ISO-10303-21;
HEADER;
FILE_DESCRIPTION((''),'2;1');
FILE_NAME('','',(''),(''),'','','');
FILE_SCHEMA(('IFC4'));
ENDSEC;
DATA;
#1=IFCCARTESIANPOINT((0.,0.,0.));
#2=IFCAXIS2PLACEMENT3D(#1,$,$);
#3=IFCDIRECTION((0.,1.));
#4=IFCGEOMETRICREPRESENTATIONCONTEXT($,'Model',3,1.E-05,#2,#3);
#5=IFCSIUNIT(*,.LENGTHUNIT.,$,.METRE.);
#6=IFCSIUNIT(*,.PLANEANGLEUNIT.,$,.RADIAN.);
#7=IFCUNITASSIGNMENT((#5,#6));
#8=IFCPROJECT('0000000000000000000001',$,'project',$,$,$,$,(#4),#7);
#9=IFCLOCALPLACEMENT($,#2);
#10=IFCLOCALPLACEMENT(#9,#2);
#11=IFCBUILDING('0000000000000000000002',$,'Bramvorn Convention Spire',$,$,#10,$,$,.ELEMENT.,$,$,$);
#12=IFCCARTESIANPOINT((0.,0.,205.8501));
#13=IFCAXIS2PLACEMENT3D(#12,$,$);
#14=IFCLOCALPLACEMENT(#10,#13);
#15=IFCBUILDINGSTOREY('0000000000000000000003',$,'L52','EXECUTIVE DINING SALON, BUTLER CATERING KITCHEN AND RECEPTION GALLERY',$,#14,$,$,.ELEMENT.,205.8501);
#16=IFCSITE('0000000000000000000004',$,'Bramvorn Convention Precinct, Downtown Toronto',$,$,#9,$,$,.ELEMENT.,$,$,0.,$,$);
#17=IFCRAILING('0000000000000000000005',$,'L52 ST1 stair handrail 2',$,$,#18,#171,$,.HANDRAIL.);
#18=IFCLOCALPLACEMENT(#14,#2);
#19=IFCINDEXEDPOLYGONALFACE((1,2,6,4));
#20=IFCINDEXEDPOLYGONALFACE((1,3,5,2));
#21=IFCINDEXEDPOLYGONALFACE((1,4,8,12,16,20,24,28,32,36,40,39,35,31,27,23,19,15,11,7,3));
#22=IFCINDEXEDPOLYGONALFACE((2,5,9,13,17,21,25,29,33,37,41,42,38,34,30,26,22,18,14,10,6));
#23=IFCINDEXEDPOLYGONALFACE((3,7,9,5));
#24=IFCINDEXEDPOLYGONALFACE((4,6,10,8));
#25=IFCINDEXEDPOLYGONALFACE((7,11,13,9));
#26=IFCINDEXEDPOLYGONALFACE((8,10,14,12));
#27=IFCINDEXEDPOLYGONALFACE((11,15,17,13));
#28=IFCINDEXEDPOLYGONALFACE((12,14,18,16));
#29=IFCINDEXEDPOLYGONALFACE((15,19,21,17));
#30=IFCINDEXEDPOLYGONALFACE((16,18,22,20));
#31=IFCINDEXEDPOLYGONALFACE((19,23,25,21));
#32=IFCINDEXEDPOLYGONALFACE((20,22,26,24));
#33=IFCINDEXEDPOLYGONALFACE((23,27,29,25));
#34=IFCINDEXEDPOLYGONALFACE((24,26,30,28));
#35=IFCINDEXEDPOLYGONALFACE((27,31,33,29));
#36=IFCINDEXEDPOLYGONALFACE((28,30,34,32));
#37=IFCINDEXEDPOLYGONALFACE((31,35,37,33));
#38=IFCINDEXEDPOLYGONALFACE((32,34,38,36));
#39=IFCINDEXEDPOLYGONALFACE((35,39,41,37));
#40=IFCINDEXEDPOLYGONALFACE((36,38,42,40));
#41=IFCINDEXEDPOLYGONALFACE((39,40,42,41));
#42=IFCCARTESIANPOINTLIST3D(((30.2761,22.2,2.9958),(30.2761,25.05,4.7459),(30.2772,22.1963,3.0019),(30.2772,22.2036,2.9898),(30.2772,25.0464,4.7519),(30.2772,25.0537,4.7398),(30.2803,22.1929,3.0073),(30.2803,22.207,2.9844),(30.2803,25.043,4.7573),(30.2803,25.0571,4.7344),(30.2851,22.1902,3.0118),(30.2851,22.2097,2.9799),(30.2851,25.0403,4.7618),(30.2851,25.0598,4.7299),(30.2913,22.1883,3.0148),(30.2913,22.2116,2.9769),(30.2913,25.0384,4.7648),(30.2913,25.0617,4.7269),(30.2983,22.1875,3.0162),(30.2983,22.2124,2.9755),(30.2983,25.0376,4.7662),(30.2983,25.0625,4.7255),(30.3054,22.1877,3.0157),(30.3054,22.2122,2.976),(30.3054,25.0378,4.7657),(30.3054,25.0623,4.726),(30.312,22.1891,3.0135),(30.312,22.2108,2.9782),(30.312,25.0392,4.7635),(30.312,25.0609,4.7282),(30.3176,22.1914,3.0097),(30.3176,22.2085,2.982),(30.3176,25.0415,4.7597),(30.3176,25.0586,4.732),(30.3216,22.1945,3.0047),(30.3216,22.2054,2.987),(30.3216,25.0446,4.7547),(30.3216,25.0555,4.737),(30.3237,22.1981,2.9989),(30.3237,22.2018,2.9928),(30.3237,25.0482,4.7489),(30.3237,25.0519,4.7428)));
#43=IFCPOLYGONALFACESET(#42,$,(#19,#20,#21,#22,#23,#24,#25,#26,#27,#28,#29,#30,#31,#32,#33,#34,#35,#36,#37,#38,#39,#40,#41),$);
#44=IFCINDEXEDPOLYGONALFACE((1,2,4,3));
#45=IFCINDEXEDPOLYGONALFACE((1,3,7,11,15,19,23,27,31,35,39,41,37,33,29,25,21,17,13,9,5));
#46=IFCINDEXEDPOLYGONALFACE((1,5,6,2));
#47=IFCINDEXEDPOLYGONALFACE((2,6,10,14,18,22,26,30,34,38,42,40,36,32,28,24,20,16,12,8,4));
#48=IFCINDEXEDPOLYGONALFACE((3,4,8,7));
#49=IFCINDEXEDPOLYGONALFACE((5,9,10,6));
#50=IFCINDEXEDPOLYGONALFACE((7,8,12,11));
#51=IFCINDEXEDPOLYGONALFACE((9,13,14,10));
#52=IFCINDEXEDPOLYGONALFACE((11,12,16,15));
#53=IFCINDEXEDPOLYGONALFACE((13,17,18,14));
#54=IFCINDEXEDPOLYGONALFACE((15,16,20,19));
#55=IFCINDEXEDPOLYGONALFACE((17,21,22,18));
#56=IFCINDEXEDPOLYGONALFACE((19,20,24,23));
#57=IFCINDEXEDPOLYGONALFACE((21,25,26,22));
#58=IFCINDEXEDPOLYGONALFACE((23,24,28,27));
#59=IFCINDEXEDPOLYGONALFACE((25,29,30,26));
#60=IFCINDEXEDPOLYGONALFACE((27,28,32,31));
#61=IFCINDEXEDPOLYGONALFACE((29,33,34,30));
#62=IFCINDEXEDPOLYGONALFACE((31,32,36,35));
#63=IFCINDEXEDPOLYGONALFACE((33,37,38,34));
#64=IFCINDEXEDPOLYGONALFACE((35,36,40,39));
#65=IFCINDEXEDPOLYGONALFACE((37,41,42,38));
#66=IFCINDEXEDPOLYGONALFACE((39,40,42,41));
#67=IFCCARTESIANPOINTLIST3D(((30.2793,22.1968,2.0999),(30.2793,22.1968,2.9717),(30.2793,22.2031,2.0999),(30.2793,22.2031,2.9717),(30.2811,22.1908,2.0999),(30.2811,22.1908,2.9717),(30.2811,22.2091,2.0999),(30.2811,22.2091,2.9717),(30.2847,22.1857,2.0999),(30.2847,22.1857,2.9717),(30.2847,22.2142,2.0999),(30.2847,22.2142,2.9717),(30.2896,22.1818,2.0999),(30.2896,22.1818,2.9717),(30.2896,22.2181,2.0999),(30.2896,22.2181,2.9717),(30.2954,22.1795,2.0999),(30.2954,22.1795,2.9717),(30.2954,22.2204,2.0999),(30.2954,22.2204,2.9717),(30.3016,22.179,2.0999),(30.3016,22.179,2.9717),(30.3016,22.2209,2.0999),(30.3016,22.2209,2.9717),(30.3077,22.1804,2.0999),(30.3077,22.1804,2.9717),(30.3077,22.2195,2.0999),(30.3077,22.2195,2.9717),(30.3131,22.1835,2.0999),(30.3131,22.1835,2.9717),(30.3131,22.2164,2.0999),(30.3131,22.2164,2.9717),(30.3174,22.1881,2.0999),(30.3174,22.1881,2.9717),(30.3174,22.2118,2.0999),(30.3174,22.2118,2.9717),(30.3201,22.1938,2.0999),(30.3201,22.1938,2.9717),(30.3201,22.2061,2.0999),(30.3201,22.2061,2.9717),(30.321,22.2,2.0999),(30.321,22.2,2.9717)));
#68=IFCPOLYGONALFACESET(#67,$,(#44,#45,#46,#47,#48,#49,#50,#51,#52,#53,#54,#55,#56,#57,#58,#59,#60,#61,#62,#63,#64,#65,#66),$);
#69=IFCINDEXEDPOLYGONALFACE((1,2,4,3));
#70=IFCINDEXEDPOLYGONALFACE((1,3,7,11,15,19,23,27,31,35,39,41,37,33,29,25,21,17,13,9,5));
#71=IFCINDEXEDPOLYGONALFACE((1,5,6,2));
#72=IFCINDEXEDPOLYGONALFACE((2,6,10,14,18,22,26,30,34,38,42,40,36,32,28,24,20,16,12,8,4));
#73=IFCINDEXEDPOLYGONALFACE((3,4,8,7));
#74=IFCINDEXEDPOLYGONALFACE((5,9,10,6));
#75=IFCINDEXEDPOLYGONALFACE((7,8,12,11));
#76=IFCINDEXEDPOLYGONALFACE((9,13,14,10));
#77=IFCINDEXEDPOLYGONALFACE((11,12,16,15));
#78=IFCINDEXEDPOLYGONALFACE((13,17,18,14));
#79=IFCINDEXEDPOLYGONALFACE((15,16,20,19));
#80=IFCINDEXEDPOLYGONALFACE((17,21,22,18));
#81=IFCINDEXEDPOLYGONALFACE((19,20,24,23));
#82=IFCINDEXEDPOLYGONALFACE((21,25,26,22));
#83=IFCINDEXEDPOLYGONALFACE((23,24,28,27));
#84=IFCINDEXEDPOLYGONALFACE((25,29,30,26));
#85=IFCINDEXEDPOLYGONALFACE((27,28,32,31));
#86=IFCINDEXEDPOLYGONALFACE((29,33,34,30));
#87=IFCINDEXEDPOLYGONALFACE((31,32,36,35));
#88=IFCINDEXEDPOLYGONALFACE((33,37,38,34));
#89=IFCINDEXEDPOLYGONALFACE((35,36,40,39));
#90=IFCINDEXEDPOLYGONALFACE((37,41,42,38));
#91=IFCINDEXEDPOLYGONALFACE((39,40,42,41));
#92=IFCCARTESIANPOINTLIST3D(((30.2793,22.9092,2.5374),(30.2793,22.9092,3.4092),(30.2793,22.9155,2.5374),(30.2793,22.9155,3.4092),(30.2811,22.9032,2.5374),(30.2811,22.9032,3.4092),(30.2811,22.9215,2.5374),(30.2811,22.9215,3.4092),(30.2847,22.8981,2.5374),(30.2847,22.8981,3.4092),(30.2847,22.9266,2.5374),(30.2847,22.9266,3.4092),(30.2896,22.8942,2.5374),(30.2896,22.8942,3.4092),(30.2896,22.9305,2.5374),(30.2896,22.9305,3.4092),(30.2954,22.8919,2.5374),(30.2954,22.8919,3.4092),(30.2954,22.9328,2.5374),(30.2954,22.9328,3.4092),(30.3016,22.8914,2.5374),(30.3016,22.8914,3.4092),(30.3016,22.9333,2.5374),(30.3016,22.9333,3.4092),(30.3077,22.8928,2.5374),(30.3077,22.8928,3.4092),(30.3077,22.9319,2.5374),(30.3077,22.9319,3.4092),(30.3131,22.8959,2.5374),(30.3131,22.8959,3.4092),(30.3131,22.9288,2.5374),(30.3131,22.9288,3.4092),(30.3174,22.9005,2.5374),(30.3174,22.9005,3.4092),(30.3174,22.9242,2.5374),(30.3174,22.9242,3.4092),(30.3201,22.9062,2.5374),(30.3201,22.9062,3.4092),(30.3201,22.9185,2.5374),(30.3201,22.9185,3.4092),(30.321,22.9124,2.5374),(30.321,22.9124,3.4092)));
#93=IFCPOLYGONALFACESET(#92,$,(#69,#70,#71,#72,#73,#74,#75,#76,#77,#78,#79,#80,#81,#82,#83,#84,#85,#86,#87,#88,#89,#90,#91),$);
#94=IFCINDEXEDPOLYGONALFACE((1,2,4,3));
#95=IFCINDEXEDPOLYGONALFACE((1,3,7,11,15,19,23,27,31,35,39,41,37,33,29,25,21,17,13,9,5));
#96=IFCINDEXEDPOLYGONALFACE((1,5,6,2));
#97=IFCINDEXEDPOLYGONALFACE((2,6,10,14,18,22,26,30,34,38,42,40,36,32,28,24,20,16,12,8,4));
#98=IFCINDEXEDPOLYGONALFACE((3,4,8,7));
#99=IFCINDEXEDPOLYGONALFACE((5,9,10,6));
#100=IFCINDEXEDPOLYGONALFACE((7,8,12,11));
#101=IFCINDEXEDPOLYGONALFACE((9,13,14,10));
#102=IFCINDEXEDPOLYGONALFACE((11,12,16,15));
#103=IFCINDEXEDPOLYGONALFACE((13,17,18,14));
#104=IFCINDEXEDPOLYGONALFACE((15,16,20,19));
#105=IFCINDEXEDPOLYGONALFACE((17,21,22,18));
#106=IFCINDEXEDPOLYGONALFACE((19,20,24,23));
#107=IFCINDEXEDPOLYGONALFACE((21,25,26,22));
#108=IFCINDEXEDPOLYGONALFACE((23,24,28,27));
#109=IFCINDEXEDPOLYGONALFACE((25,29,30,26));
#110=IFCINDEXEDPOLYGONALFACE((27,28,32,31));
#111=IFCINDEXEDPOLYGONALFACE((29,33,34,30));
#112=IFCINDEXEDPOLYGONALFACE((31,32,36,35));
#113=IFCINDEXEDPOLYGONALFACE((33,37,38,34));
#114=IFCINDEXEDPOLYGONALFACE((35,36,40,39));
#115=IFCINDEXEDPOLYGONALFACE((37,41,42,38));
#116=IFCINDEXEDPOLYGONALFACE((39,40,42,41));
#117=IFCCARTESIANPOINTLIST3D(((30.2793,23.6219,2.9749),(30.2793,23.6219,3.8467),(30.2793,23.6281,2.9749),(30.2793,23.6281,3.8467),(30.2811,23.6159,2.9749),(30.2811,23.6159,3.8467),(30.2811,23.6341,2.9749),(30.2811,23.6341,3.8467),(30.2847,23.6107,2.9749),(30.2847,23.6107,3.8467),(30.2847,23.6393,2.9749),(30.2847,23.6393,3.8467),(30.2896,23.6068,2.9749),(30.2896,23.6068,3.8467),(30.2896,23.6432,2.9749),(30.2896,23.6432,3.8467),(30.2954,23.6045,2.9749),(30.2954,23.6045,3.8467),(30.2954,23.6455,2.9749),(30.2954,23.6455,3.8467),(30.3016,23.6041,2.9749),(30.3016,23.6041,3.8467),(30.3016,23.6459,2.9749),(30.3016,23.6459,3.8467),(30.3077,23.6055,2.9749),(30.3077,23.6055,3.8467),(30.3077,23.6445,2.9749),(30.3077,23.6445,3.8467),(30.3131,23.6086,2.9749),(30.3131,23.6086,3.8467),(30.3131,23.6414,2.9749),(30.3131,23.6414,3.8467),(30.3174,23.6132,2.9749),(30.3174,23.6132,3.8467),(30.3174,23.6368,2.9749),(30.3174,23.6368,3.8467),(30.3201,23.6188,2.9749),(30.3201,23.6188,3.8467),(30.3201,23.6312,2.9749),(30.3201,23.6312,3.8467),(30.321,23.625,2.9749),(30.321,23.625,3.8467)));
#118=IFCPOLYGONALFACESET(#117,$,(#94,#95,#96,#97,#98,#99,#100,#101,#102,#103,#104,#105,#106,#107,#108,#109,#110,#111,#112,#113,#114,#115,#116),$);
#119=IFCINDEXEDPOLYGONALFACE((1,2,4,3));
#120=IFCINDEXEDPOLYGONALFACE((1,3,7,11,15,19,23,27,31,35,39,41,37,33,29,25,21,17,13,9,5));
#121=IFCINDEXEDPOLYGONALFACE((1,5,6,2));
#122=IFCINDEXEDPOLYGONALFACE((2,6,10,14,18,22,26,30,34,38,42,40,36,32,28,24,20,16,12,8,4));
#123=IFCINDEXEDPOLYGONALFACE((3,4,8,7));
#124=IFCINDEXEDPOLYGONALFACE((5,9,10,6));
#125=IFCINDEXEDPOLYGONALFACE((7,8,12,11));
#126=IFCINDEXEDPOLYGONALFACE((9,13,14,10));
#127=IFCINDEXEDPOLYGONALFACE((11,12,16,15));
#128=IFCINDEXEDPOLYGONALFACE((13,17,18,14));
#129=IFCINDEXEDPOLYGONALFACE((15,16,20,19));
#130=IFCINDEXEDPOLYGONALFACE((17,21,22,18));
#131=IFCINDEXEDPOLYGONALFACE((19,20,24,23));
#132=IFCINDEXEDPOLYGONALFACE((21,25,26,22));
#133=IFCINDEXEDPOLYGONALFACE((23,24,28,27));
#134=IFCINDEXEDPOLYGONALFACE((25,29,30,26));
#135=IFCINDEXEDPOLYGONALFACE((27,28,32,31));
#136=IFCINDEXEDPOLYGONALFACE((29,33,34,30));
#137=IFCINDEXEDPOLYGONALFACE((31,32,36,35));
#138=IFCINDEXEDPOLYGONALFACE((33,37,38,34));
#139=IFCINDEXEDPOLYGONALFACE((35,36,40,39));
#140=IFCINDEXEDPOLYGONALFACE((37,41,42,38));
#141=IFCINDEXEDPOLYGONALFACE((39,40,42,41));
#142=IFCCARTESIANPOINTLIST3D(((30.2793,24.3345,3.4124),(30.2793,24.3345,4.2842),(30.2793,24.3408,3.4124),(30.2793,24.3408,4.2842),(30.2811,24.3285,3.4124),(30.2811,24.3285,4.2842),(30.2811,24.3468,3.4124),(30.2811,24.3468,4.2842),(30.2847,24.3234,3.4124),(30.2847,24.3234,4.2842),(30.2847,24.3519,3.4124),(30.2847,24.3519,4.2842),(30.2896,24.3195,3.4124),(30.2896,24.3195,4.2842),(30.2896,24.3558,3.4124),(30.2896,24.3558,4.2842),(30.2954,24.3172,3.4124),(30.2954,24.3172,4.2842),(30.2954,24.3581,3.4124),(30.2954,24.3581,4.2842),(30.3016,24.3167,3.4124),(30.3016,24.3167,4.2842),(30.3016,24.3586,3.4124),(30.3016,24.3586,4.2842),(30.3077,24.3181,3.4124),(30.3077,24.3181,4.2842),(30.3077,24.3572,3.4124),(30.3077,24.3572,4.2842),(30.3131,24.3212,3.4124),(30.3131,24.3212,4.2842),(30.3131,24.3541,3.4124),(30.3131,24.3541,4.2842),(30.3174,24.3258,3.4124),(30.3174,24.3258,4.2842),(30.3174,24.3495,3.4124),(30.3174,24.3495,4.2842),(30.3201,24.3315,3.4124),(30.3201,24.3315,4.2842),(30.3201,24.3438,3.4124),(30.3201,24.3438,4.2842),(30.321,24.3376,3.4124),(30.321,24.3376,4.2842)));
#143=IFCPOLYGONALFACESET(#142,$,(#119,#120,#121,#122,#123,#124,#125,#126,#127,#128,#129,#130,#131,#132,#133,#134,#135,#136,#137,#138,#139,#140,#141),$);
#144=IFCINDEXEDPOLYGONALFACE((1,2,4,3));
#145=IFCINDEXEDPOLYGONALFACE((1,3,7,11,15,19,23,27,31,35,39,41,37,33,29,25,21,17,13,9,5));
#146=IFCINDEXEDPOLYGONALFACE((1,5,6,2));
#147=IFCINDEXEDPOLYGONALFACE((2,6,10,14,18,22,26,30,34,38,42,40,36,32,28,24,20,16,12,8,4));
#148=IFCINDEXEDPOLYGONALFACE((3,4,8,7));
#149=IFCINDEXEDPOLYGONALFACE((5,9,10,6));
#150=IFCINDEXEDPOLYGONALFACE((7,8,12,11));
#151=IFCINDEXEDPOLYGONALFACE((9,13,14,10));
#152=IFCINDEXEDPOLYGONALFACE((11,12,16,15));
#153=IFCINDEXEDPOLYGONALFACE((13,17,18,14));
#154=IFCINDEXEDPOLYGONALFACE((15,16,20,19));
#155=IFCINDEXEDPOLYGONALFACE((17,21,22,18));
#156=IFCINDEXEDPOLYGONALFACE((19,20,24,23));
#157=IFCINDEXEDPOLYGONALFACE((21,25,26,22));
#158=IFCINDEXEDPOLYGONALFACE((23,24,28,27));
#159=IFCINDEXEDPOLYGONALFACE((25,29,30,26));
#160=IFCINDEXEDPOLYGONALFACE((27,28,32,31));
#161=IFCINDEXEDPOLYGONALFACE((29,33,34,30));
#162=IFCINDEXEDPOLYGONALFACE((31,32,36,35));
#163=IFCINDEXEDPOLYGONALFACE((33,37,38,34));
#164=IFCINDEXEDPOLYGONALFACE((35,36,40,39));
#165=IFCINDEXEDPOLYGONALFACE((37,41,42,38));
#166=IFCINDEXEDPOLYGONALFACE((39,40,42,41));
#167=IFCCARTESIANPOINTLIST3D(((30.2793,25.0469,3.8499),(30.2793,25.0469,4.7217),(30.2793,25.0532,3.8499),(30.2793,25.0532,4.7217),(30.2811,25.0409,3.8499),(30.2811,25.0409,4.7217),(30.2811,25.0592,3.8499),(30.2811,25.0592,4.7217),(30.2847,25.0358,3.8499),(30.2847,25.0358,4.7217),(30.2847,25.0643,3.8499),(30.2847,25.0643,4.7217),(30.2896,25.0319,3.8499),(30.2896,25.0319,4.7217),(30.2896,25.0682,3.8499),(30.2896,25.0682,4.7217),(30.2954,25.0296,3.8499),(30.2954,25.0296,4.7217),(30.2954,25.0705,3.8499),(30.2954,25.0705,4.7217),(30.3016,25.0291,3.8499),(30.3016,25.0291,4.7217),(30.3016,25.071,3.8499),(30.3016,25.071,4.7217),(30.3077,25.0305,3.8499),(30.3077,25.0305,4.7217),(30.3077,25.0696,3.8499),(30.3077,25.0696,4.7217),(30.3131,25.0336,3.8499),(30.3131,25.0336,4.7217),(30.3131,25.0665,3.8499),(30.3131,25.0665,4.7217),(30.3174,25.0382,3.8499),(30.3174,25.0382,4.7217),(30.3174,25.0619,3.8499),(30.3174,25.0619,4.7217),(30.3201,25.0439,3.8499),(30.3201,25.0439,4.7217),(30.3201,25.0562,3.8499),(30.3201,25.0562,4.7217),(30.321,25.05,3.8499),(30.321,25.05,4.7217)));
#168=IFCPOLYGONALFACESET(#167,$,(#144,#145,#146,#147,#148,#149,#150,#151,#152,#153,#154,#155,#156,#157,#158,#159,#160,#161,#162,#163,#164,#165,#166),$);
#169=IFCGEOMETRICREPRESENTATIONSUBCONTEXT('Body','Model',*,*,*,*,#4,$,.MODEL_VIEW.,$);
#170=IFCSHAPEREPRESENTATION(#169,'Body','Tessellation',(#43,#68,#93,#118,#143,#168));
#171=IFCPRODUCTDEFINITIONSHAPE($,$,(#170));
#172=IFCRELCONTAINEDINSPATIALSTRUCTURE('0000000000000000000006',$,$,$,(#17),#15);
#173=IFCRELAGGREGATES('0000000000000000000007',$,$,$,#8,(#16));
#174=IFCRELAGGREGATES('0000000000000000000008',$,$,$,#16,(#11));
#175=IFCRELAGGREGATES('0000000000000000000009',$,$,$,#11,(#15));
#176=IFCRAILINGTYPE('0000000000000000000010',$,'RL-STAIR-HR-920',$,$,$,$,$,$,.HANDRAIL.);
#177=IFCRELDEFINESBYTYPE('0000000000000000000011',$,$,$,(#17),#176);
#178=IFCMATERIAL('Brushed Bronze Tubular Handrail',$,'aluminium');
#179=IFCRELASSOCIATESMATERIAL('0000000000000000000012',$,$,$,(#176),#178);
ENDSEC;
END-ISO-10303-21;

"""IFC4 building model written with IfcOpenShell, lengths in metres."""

from ifc_helpers import new_model, si_unit, direction, frame, origin, origin_2d, place, context, subcontext, project, spatial, circle, extrude, material, type_object, element, save


model = new_model("IFC4")

# Units and contexts
model_context = context("Model", 3, precision=1e-05, world=origin(), true_north=direction((0.0, 1.0)))
body_context = subcontext(model_context, "Body", "Model", "MODEL_VIEW")
ifc_project = project(units=[si_unit("LENGTHUNIT", "METRE"), si_unit("PLANEANGLEUNIT", "RADIAN")], contexts=[model_context])

# Site, building, storey
site_placement = place(None, origin())
site = spatial("IfcSite", under=ifc_project, at=site_placement, Name="Bramvorn Convention Precinct, Downtown Toronto", CompositionType="ELEMENT", RefElevation=0.0)
building_placement = place(site_placement, origin())
building = spatial("IfcBuilding", under=site, at=building_placement, Name="Bramvorn Convention Spire", CompositionType="ELEMENT")
storey_placement = place(building_placement, frame((0.0, 0.0, 205.8501)))
storey = spatial("IfcBuildingStorey", under=building, at=storey_placement, Name="L52", Description="EXECUTIVE DINING SALON, BUTLER CATERING KITCHEN AND RECEPTION GALLERY", CompositionType="ELEMENT", Elevation=205.8501)

# Railing
ifc_material_1 = material(Name="Brushed Bronze Tubular Handrail", Category="aluminium")
railing_type_1 = type_object("IfcRailingType", Name="RL-STAIR-HR-920", PredefinedType="HANDRAIL", material=ifc_material_1)
railing_1_placement = place(storey_placement, frame((30.3, 22.2, 2.0999)))
element("IfcRailing", 1, at=railing_1_placement, inside=storey, type_object=railing_type_1, Name="L52 ST1 stair handrail 2", PredefinedType="HANDRAIL", context=body_context, shape_type="SweptSolid", body=[
    extrude(circle(Radius=0.0239, at=origin_2d()), frame((0.0, 0.0, 0.896), z_axis=(0.0, 0.852179, 0.52325), x_axis=(-1.0, 0.0, 0.0)), (0.0, 0.0, 1.0), 3.3445),
    extrude(circle(Radius=0.021, at=origin_2d()), origin(), (0.0, 0.0, 1.0), 0.8718),
    extrude(circle(Radius=0.021, at=origin_2d()), frame((0.0, 0.7124, 0.4375)), (0.0, 0.0, 1.0), 0.8718),
    extrude(circle(Radius=0.021, at=origin_2d()), frame((0.0, 1.425, 0.875)), (0.0, 0.0, 1.0), 0.8718),
    extrude(circle(Radius=0.021, at=origin_2d()), frame((0.0, 2.1377, 1.3125)), (0.0, 0.0, 1.0), 0.8718),
    extrude(circle(Radius=0.021, at=origin_2d()), frame((0.0, 2.8501, 1.75)), (0.0, 0.0, 1.0), 0.8718),
])

save(model, "model.ifc")
